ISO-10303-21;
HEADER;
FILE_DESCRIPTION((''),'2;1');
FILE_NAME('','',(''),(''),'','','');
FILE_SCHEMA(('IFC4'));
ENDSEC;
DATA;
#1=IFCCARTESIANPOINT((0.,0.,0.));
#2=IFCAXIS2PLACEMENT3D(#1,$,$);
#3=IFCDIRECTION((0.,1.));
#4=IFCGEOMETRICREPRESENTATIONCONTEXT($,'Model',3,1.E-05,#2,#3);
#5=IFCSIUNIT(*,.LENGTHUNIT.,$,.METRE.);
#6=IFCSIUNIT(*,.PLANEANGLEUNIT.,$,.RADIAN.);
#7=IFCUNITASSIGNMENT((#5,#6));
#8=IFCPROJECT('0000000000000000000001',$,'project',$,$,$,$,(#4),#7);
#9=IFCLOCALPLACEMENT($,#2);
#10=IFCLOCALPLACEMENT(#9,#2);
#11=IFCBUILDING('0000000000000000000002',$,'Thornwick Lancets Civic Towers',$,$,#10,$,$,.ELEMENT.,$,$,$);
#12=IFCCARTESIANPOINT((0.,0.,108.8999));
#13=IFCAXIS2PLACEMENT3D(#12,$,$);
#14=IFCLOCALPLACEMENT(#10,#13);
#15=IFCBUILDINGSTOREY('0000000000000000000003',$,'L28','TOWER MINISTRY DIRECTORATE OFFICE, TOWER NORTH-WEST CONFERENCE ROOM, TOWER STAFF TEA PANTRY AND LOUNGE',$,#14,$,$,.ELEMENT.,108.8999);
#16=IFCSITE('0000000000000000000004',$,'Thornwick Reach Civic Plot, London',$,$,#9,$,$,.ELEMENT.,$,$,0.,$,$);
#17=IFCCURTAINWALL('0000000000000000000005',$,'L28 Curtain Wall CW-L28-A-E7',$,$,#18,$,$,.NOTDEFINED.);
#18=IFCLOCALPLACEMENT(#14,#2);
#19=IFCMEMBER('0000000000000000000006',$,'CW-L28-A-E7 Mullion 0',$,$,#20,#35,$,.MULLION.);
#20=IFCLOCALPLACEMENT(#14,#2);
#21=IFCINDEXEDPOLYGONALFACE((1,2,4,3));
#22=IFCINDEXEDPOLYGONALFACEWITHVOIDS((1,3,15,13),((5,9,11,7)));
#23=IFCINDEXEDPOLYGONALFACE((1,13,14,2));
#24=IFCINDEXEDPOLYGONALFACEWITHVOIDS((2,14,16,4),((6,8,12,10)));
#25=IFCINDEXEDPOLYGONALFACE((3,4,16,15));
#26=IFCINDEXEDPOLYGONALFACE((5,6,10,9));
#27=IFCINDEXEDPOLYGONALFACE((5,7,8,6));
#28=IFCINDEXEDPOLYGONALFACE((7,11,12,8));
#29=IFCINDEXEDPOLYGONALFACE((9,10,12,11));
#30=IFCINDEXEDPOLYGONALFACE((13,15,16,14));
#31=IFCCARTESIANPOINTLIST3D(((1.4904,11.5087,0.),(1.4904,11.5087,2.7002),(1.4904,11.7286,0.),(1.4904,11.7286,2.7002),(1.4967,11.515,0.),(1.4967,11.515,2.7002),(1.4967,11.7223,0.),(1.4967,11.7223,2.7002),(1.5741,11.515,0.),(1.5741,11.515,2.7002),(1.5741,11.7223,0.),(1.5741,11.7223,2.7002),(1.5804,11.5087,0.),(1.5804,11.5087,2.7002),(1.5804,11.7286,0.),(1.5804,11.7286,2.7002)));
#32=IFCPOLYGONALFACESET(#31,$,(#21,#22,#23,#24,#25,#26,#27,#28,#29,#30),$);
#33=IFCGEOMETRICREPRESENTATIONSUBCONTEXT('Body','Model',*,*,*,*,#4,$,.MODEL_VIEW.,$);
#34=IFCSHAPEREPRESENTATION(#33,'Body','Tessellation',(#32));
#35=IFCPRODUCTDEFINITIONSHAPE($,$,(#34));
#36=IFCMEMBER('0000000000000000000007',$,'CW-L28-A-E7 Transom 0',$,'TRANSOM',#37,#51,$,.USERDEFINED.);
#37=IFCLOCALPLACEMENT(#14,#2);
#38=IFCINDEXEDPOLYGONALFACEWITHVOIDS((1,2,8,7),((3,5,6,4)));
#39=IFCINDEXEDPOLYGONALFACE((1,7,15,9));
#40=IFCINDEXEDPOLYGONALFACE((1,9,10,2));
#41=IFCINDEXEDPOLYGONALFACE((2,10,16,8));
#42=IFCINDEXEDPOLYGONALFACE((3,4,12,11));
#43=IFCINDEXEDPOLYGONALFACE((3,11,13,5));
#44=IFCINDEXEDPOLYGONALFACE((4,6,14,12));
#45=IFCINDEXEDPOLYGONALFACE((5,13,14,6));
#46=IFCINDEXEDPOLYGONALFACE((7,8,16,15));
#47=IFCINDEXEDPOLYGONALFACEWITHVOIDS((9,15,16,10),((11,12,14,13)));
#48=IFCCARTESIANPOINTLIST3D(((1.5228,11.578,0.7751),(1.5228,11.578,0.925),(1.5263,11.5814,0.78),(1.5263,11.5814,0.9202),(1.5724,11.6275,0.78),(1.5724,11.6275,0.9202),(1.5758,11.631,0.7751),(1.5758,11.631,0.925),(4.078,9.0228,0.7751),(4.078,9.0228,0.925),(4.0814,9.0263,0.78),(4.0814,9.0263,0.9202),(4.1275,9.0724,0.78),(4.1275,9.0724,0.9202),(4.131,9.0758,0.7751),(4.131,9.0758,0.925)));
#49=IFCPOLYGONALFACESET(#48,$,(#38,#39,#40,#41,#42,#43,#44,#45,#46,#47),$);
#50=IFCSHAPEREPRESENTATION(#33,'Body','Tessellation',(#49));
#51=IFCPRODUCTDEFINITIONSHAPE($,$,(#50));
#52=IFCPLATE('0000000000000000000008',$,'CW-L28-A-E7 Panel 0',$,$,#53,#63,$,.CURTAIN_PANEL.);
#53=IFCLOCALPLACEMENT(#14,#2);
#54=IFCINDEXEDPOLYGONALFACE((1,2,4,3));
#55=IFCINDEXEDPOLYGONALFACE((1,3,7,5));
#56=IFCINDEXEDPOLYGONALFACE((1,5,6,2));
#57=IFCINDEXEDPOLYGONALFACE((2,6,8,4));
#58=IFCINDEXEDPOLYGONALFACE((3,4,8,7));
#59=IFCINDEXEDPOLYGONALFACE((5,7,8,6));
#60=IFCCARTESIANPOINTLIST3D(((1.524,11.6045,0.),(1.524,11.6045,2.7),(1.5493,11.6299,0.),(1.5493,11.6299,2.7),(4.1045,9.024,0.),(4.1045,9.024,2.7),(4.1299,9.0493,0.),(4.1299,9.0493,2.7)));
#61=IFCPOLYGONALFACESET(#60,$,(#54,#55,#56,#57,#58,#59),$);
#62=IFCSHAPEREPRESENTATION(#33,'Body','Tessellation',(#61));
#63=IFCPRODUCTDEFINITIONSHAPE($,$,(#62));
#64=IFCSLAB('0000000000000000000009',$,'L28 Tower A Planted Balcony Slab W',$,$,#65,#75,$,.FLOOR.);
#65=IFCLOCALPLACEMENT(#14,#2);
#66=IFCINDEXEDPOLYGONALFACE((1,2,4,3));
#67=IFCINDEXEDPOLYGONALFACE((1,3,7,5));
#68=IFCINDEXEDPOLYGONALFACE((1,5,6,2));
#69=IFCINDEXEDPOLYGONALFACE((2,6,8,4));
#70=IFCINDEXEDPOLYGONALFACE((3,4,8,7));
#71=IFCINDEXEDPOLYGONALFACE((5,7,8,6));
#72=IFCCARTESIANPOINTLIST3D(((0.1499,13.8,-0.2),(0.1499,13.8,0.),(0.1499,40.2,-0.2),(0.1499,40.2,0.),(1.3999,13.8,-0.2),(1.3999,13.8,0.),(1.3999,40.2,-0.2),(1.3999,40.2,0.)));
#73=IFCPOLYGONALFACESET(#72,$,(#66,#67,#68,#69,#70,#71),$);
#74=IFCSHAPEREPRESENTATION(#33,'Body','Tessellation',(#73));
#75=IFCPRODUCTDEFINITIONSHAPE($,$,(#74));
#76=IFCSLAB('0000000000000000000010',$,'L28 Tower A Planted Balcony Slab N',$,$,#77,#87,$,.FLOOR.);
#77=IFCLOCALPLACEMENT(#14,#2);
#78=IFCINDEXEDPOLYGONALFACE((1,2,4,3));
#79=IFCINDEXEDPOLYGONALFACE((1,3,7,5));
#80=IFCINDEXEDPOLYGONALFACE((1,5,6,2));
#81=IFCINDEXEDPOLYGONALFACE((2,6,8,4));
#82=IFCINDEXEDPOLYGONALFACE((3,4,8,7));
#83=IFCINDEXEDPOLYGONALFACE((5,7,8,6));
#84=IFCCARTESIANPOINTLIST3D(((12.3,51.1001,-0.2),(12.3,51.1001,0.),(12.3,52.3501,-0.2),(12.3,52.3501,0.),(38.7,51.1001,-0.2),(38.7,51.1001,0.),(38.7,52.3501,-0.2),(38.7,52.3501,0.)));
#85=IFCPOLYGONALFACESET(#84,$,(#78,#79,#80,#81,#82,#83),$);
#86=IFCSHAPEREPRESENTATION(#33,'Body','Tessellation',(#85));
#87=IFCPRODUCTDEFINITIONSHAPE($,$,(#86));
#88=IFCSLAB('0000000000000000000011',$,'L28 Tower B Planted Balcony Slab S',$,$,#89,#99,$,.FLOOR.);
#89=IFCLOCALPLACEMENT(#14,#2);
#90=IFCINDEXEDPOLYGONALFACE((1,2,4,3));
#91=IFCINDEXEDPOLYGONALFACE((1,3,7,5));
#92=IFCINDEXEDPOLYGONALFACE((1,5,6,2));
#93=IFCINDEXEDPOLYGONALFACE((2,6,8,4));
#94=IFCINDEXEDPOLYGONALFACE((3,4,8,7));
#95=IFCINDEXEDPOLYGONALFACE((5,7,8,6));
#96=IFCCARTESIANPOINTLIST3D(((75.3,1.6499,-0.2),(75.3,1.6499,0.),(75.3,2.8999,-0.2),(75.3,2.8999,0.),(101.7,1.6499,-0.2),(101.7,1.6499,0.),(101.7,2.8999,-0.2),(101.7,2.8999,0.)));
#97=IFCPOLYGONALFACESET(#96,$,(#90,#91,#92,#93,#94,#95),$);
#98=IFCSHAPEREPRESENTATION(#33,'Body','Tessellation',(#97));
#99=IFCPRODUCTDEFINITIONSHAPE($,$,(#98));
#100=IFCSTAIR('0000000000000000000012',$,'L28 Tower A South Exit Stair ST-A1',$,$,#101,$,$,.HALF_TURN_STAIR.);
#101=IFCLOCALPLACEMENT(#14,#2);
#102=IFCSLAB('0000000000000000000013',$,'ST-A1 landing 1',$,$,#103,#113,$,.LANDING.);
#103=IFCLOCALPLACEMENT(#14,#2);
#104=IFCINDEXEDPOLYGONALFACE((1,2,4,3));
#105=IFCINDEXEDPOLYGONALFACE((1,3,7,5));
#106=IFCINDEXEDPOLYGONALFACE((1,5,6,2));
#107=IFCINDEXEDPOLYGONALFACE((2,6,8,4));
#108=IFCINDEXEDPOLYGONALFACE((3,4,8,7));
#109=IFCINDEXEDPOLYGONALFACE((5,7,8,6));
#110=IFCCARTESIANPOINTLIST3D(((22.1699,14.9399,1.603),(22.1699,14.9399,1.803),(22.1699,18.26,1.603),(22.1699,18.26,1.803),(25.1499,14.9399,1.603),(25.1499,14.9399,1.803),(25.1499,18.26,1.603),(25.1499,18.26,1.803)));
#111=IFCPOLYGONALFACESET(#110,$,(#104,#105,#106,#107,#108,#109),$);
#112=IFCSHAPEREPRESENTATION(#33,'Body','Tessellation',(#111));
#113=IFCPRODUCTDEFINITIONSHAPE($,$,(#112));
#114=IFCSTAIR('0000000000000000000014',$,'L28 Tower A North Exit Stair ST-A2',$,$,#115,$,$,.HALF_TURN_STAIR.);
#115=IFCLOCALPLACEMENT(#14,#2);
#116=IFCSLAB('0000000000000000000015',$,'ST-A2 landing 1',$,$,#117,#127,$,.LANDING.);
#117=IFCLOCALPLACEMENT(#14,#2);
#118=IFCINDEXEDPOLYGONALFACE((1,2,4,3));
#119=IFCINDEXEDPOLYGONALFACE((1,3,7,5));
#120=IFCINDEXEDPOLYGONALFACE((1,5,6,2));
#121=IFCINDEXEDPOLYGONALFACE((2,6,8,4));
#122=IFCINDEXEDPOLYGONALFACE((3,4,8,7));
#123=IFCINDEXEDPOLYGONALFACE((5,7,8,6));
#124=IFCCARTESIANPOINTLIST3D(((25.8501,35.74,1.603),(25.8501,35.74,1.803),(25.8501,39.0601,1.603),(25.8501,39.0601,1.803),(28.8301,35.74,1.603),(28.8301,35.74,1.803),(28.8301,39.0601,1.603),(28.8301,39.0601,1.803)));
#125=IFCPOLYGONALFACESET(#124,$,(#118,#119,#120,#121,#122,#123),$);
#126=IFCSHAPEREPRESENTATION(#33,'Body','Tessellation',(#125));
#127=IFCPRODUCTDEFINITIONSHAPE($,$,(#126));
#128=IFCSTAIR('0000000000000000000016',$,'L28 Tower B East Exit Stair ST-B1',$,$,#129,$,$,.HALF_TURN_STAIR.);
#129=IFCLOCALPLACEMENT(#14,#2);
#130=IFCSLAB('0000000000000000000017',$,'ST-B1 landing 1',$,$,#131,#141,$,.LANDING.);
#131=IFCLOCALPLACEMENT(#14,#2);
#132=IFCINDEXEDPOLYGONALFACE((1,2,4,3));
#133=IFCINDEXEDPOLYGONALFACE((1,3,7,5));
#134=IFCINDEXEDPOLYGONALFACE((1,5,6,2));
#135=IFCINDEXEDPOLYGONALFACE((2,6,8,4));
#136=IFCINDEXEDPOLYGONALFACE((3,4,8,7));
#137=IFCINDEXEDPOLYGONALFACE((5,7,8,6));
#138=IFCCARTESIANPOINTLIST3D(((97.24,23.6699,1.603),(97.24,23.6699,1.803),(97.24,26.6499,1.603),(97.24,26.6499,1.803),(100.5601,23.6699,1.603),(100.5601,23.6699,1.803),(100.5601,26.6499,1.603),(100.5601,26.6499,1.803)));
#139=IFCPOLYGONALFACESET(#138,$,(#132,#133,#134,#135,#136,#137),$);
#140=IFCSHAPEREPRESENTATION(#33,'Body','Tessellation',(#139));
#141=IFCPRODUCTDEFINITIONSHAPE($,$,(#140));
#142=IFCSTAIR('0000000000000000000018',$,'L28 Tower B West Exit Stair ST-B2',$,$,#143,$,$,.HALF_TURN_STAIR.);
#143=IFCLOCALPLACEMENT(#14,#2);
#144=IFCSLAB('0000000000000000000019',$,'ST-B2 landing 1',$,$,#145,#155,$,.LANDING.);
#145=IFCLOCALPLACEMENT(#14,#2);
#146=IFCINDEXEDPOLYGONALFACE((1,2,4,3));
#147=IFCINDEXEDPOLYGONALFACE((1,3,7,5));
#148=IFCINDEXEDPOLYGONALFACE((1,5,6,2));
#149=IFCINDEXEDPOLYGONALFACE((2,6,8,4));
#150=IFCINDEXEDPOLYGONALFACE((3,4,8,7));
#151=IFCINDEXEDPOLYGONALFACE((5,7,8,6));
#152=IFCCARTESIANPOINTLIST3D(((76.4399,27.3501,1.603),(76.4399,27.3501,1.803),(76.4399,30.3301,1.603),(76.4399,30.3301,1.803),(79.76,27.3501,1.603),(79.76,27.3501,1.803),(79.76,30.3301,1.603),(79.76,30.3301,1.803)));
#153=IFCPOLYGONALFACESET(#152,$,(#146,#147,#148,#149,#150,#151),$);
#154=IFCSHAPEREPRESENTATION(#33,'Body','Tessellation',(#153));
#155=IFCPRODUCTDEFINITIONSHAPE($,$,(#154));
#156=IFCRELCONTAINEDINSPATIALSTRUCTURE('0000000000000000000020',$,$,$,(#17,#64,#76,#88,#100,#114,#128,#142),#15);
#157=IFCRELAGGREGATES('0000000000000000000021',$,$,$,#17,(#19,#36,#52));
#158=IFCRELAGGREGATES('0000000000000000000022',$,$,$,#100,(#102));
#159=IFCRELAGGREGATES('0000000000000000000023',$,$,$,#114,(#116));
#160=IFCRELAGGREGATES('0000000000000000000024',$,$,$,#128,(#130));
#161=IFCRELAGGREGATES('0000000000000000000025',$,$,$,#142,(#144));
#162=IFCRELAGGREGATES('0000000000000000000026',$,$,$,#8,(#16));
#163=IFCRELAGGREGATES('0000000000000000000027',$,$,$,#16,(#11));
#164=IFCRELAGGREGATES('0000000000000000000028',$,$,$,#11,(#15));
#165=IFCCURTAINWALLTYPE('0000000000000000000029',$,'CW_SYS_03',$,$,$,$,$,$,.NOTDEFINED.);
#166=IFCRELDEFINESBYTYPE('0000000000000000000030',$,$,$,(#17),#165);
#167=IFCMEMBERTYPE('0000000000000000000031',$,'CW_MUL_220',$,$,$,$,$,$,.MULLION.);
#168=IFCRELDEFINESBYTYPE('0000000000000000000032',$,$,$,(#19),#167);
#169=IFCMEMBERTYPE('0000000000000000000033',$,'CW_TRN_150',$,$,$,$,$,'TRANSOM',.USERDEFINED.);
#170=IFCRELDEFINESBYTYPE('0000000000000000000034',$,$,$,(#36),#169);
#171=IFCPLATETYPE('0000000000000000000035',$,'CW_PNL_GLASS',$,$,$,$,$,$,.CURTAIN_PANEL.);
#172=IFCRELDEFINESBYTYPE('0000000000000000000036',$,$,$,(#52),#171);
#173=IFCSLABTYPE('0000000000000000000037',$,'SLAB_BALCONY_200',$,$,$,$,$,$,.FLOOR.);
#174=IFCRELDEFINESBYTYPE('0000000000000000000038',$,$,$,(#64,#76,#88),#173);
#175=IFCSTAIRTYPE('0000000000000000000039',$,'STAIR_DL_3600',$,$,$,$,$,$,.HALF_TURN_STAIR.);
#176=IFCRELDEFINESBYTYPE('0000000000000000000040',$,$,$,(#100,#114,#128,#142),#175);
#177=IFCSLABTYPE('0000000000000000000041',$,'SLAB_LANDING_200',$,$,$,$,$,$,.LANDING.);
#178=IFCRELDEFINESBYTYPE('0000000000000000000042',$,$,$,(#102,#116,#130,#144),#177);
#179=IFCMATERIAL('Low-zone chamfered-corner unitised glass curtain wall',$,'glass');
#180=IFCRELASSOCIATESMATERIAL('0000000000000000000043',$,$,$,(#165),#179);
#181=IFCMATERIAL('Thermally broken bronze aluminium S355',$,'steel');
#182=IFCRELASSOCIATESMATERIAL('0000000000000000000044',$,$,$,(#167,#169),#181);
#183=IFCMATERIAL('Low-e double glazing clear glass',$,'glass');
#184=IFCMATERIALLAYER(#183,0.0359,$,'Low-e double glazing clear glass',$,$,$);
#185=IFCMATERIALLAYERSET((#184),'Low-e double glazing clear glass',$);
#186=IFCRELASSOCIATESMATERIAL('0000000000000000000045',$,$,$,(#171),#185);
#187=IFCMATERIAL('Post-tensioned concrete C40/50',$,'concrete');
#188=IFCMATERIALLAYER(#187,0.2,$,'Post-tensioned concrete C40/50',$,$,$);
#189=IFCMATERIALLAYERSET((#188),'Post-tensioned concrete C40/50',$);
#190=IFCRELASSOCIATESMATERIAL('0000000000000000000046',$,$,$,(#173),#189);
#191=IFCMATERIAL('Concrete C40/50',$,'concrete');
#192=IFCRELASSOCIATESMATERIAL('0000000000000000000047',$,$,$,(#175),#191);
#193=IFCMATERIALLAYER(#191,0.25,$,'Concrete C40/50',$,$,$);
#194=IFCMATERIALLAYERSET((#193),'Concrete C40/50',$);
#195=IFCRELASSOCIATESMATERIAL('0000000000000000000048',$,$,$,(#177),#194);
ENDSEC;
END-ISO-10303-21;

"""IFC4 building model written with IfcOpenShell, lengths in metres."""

from ifc_helpers import new_model, si_unit, direction, frame, origin, origin_2d, place, context, subcontext, project, spatial, polyline, rectangle, hollow_rectangle, outline, extrude, material, layer, layer_set, material_profile, profile_set, type_object, element, aggregate, save


model = new_model("IFC4")

# Units and contexts
model_context = context("Model", 3, precision=1e-05, world=origin(), true_north=direction((0.0, 1.0)))
body_context = subcontext(model_context, "Body", "Model", "MODEL_VIEW")
ifc_project = project(units=[si_unit("LENGTHUNIT", "METRE"), si_unit("PLANEANGLEUNIT", "RADIAN")], contexts=[model_context])

# Site, building, storey
site_placement = place(None, origin())
site = spatial("IfcSite", under=ifc_project, at=site_placement, Name="Thornwick Reach Civic Plot, London", CompositionType="ELEMENT", RefElevation=0.0)
building_placement = place(site_placement, origin())
building = spatial("IfcBuilding", under=site, at=building_placement, Name="Thornwick Lancets Civic Towers", CompositionType="ELEMENT")
storey_placement = place(building_placement, frame((0.0, 0.0, 108.8999)))
storey = spatial("IfcBuildingStorey", under=building, at=storey_placement, Name="L28", Description="TOWER MINISTRY DIRECTORATE OFFICE, TOWER NORTH-WEST CONFERENCE ROOM, TOWER STAFF TEA PANTRY AND LOUNGE", CompositionType="ELEMENT", Elevation=108.8999)

# Curtain wall, members, plate
ifc_material_1 = material(Name="Low-zone chamfered-corner unitised glass curtain wall", Category="glass")
curtain_wall_type = type_object("IfcCurtainWallType", Name="CW_SYS_03", PredefinedType="NOTDEFINED", material=ifc_material_1)
curtain_wall_placement = place(storey_placement, origin())
curtain_wall = element("IfcCurtainWall", 1, at=curtain_wall_placement, inside=storey, type_object=curtain_wall_type, Name="L28 Curtain Wall CW-L28-A-E7", PredefinedType="NOTDEFINED")
ifc_material_2 = material(Name="Thermally broken bronze aluminium S355", Category="steel")
ifc_material_profile_1 = material_profile(ifc_material_2, hollow_rectangle(XDim=0.0901, YDim=0.22, WallThickness=0.0063, at=origin_2d()), Name="RHS 220x90x6.3")
ifc_profile_set_1 = profile_set([ifc_material_profile_1], Name="Thermally broken bronze aluminium S355")
member_type_1 = type_object("IfcMemberType", Name="CW_MUL_220", PredefinedType="MULLION", material=ifc_profile_set_1)
member_1_placement = place(storey_placement, frame((1.5354, 11.6187, 0.0), z_axis=(0.0, 0.0, 1.0), x_axis=(1.0, 0.0, 0.0)))
member_1 = element("IfcMember", 2, at=member_1_placement, type_object=member_type_1, Name="CW-L28-A-E7 Mullion 0", PredefinedType="MULLION", context=body_context, shape_type="SweptSolid", body=[
    extrude(hollow_rectangle(XDim=0.0901, YDim=0.22, WallThickness=0.0063, at=origin_2d()), origin(), (0.0, 0.0, 1.0), 2.7002),
])
ifc_material_profile_2 = material_profile(ifc_material_2, hollow_rectangle(XDim=0.075, YDim=0.1499, WallThickness=0.0049, at=origin_2d()), Name="RHS 150x75x5")
ifc_profile_set_2 = profile_set([ifc_material_profile_2], Name="Thermally broken bronze aluminium S355")
member_type_2 = type_object("IfcMemberType", Name="CW_TRN_150", ElementType="TRANSOM", PredefinedType="USERDEFINED", material=ifc_profile_set_2)
member_2_placement = place(storey_placement, frame((1.5493, 11.6045, 0.8501), z_axis=(0.707107, -0.707107, 0.0), x_axis=(0.707107, 0.707107, 0.0)))
member_2 = element("IfcMember", 3, at=member_2_placement, type_object=member_type_2, Name="CW-L28-A-E7 Transom 0", ObjectType="TRANSOM", PredefinedType="USERDEFINED", context=body_context, shape_type="SweptSolid", body=[
    extrude(hollow_rectangle(XDim=0.075, YDim=0.1499, WallThickness=0.0049, at=origin_2d()), origin(), (0.0, 0.0, 1.0), 3.6135),
])
ifc_material_3 = material(Name="Low-e double glazing clear glass", Category="glass")
ifc_layer_1 = layer(ifc_material_3, 0.0359, Name="Low-e double glazing clear glass")
ifc_layer_set_1 = layer_set([ifc_layer_1], Name="Low-e double glazing clear glass")
plate_type = type_object("IfcPlateType", Name="CW_PNL_GLASS", PredefinedType="CURTAIN_PANEL", material=ifc_layer_set_1)
plate_placement = place(storey_placement, frame((2.8269, 10.3269, 0.0), z_axis=(0.0, 0.0, 1.0), x_axis=(0.707107, -0.707107, 0.0)))
plate = element("IfcPlate", 4, at=plate_placement, type_object=plate_type, Name="CW-L28-A-E7 Panel 0", PredefinedType="CURTAIN_PANEL", context=body_context, shape_type="SweptSolid", body=[
    extrude(rectangle(XDim=3.6494, YDim=0.0359, at=origin_2d()), origin(), (0.0, 0.0, 1.0), 2.7),
])
aggregate(curtain_wall, [member_1, member_2, plate])

# Slabs
ifc_material_4 = material(Name="Post-tensioned concrete C40/50", Category="concrete")
ifc_layer_2 = layer(ifc_material_4, 0.2, Name="Post-tensioned concrete C40/50")
ifc_layer_set_2 = layer_set([ifc_layer_2], Name="Post-tensioned concrete C40/50")
slab_type_1 = type_object("IfcSlabType", Name="SLAB_BALCONY_200", PredefinedType="FLOOR", material=ifc_layer_set_2)
slab_1_placement = place(storey_placement, frame((0.0, 0.0, -0.2)))
element("IfcSlab", 5, at=slab_1_placement, inside=storey, type_object=slab_type_1, Name="L28 Tower A Planted Balcony Slab W", PredefinedType="FLOOR", context=body_context, shape_type="SweptSolid", body=[
    extrude(outline(polyline([(0.1499, 13.8), (1.3999, 13.8), (1.3999, 40.2), (0.1499, 40.2), (0.1499, 13.8)])), origin(), (0.0, 0.0, 1.0), 0.2),
])
slab_2_placement = place(storey_placement, frame((0.0, 0.0, -0.2)))
element("IfcSlab", 6, at=slab_2_placement, inside=storey, type_object=slab_type_1, Name="L28 Tower A Planted Balcony Slab N", PredefinedType="FLOOR", context=body_context, shape_type="SweptSolid", body=[
    extrude(outline(polyline([(12.3, 51.1001), (38.7, 51.1001), (38.7, 52.3501), (12.3, 52.3501), (12.3, 51.1001)])), origin(), (0.0, 0.0, 1.0), 0.2),
])
slab_3_placement = place(storey_placement, frame((0.0, 0.0, -0.2)))
element("IfcSlab", 7, at=slab_3_placement, inside=storey, type_object=slab_type_1, Name="L28 Tower B Planted Balcony Slab S", PredefinedType="FLOOR", context=body_context, shape_type="SweptSolid", body=[
    extrude(outline(polyline([(75.3, 1.6499), (101.7, 1.6499), (101.7, 2.8999), (75.3, 2.8999), (75.3, 1.6499)])), origin(), (0.0, 0.0, 1.0), 0.2),
])

# Stairs, slabs
ifc_material_5 = material(Name="Concrete C40/50", Category="concrete")
stair_type = type_object("IfcStairType", Name="STAIR_DL_3600", PredefinedType="HALF_TURN_STAIR", material=ifc_material_5)
stair_1_placement = place(storey_placement, origin())
stair_1 = element("IfcStair", 8, at=stair_1_placement, inside=storey, type_object=stair_type, Name="L28 Tower A South Exit Stair ST-A1", PredefinedType="HALF_TURN_STAIR")
ifc_layer_3 = layer(ifc_material_5, 0.25, Name="Concrete C40/50")
ifc_layer_set_3 = layer_set([ifc_layer_3], Name="Concrete C40/50")
slab_type_2 = type_object("IfcSlabType", Name="SLAB_LANDING_200", PredefinedType="LANDING", material=ifc_layer_set_3)
slab_4_placement = place(storey_placement, frame((0.0, 0.0, 1.603)))
slab_4 = element("IfcSlab", 9, at=slab_4_placement, type_object=slab_type_2, Name="ST-A1 landing 1", PredefinedType="LANDING", context=body_context, shape_type="SweptSolid", body=[
    extrude(outline(polyline([(22.1699, 14.9399), (25.1499, 14.9399), (25.1499, 18.26), (22.1699, 18.26), (22.1699, 14.9399)])), origin(), (0.0, 0.0, 1.0), 0.2),
])
aggregate(stair_1, [slab_4])
stair_2_placement = place(storey_placement, origin())
stair_2 = element("IfcStair", 10, at=stair_2_placement, inside=storey, type_object=stair_type, Name="L28 Tower A North Exit Stair ST-A2", PredefinedType="HALF_TURN_STAIR")
slab_5_placement = place(storey_placement, frame((0.0, 0.0, 1.603)))
slab_5 = element("IfcSlab", 11, at=slab_5_placement, type_object=slab_type_2, Name="ST-A2 landing 1", PredefinedType="LANDING", context=body_context, shape_type="SweptSolid", body=[
    extrude(outline(polyline([(28.8301, 39.0601), (25.8501, 39.0601), (25.8501, 35.74), (28.8301, 35.74), (28.8301, 39.0601)])), origin(), (0.0, 0.0, 1.0), 0.2),
])
aggregate(stair_2, [slab_5])
stair_3_placement = place(storey_placement, origin())
stair_3 = element("IfcStair", 12, at=stair_3_placement, inside=storey, type_object=stair_type, Name="L28 Tower B East Exit Stair ST-B1", PredefinedType="HALF_TURN_STAIR")
slab_6_placement = place(storey_placement, frame((0.0, 0.0, 1.603)))
slab_6 = element("IfcSlab", 13, at=slab_6_placement, type_object=slab_type_2, Name="ST-B1 landing 1", PredefinedType="LANDING", context=body_context, shape_type="SweptSolid", body=[
    extrude(outline(polyline([(100.5601, 23.6699), (100.5601, 26.6499), (97.24, 26.6499), (97.24, 23.6699), (100.5601, 23.6699)])), origin(), (0.0, 0.0, 1.0), 0.2),
])
aggregate(stair_3, [slab_6])
stair_4_placement = place(storey_placement, origin())
stair_4 = element("IfcStair", 14, at=stair_4_placement, inside=storey, type_object=stair_type, Name="L28 Tower B West Exit Stair ST-B2", PredefinedType="HALF_TURN_STAIR")
slab_7_placement = place(storey_placement, frame((0.0, 0.0, 1.603)))
slab_7 = element("IfcSlab", 15, at=slab_7_placement, type_object=slab_type_2, Name="ST-B2 landing 1", PredefinedType="LANDING", context=body_context, shape_type="SweptSolid", body=[
    extrude(outline(polyline([(76.4399, 30.3301), (76.4399, 27.3501), (79.76, 27.3501), (79.76, 30.3301), (76.4399, 30.3301)])), origin(), (0.0, 0.0, 1.0), 0.2),
])
aggregate(stair_4, [slab_7])

save(model, "model.ifc")
